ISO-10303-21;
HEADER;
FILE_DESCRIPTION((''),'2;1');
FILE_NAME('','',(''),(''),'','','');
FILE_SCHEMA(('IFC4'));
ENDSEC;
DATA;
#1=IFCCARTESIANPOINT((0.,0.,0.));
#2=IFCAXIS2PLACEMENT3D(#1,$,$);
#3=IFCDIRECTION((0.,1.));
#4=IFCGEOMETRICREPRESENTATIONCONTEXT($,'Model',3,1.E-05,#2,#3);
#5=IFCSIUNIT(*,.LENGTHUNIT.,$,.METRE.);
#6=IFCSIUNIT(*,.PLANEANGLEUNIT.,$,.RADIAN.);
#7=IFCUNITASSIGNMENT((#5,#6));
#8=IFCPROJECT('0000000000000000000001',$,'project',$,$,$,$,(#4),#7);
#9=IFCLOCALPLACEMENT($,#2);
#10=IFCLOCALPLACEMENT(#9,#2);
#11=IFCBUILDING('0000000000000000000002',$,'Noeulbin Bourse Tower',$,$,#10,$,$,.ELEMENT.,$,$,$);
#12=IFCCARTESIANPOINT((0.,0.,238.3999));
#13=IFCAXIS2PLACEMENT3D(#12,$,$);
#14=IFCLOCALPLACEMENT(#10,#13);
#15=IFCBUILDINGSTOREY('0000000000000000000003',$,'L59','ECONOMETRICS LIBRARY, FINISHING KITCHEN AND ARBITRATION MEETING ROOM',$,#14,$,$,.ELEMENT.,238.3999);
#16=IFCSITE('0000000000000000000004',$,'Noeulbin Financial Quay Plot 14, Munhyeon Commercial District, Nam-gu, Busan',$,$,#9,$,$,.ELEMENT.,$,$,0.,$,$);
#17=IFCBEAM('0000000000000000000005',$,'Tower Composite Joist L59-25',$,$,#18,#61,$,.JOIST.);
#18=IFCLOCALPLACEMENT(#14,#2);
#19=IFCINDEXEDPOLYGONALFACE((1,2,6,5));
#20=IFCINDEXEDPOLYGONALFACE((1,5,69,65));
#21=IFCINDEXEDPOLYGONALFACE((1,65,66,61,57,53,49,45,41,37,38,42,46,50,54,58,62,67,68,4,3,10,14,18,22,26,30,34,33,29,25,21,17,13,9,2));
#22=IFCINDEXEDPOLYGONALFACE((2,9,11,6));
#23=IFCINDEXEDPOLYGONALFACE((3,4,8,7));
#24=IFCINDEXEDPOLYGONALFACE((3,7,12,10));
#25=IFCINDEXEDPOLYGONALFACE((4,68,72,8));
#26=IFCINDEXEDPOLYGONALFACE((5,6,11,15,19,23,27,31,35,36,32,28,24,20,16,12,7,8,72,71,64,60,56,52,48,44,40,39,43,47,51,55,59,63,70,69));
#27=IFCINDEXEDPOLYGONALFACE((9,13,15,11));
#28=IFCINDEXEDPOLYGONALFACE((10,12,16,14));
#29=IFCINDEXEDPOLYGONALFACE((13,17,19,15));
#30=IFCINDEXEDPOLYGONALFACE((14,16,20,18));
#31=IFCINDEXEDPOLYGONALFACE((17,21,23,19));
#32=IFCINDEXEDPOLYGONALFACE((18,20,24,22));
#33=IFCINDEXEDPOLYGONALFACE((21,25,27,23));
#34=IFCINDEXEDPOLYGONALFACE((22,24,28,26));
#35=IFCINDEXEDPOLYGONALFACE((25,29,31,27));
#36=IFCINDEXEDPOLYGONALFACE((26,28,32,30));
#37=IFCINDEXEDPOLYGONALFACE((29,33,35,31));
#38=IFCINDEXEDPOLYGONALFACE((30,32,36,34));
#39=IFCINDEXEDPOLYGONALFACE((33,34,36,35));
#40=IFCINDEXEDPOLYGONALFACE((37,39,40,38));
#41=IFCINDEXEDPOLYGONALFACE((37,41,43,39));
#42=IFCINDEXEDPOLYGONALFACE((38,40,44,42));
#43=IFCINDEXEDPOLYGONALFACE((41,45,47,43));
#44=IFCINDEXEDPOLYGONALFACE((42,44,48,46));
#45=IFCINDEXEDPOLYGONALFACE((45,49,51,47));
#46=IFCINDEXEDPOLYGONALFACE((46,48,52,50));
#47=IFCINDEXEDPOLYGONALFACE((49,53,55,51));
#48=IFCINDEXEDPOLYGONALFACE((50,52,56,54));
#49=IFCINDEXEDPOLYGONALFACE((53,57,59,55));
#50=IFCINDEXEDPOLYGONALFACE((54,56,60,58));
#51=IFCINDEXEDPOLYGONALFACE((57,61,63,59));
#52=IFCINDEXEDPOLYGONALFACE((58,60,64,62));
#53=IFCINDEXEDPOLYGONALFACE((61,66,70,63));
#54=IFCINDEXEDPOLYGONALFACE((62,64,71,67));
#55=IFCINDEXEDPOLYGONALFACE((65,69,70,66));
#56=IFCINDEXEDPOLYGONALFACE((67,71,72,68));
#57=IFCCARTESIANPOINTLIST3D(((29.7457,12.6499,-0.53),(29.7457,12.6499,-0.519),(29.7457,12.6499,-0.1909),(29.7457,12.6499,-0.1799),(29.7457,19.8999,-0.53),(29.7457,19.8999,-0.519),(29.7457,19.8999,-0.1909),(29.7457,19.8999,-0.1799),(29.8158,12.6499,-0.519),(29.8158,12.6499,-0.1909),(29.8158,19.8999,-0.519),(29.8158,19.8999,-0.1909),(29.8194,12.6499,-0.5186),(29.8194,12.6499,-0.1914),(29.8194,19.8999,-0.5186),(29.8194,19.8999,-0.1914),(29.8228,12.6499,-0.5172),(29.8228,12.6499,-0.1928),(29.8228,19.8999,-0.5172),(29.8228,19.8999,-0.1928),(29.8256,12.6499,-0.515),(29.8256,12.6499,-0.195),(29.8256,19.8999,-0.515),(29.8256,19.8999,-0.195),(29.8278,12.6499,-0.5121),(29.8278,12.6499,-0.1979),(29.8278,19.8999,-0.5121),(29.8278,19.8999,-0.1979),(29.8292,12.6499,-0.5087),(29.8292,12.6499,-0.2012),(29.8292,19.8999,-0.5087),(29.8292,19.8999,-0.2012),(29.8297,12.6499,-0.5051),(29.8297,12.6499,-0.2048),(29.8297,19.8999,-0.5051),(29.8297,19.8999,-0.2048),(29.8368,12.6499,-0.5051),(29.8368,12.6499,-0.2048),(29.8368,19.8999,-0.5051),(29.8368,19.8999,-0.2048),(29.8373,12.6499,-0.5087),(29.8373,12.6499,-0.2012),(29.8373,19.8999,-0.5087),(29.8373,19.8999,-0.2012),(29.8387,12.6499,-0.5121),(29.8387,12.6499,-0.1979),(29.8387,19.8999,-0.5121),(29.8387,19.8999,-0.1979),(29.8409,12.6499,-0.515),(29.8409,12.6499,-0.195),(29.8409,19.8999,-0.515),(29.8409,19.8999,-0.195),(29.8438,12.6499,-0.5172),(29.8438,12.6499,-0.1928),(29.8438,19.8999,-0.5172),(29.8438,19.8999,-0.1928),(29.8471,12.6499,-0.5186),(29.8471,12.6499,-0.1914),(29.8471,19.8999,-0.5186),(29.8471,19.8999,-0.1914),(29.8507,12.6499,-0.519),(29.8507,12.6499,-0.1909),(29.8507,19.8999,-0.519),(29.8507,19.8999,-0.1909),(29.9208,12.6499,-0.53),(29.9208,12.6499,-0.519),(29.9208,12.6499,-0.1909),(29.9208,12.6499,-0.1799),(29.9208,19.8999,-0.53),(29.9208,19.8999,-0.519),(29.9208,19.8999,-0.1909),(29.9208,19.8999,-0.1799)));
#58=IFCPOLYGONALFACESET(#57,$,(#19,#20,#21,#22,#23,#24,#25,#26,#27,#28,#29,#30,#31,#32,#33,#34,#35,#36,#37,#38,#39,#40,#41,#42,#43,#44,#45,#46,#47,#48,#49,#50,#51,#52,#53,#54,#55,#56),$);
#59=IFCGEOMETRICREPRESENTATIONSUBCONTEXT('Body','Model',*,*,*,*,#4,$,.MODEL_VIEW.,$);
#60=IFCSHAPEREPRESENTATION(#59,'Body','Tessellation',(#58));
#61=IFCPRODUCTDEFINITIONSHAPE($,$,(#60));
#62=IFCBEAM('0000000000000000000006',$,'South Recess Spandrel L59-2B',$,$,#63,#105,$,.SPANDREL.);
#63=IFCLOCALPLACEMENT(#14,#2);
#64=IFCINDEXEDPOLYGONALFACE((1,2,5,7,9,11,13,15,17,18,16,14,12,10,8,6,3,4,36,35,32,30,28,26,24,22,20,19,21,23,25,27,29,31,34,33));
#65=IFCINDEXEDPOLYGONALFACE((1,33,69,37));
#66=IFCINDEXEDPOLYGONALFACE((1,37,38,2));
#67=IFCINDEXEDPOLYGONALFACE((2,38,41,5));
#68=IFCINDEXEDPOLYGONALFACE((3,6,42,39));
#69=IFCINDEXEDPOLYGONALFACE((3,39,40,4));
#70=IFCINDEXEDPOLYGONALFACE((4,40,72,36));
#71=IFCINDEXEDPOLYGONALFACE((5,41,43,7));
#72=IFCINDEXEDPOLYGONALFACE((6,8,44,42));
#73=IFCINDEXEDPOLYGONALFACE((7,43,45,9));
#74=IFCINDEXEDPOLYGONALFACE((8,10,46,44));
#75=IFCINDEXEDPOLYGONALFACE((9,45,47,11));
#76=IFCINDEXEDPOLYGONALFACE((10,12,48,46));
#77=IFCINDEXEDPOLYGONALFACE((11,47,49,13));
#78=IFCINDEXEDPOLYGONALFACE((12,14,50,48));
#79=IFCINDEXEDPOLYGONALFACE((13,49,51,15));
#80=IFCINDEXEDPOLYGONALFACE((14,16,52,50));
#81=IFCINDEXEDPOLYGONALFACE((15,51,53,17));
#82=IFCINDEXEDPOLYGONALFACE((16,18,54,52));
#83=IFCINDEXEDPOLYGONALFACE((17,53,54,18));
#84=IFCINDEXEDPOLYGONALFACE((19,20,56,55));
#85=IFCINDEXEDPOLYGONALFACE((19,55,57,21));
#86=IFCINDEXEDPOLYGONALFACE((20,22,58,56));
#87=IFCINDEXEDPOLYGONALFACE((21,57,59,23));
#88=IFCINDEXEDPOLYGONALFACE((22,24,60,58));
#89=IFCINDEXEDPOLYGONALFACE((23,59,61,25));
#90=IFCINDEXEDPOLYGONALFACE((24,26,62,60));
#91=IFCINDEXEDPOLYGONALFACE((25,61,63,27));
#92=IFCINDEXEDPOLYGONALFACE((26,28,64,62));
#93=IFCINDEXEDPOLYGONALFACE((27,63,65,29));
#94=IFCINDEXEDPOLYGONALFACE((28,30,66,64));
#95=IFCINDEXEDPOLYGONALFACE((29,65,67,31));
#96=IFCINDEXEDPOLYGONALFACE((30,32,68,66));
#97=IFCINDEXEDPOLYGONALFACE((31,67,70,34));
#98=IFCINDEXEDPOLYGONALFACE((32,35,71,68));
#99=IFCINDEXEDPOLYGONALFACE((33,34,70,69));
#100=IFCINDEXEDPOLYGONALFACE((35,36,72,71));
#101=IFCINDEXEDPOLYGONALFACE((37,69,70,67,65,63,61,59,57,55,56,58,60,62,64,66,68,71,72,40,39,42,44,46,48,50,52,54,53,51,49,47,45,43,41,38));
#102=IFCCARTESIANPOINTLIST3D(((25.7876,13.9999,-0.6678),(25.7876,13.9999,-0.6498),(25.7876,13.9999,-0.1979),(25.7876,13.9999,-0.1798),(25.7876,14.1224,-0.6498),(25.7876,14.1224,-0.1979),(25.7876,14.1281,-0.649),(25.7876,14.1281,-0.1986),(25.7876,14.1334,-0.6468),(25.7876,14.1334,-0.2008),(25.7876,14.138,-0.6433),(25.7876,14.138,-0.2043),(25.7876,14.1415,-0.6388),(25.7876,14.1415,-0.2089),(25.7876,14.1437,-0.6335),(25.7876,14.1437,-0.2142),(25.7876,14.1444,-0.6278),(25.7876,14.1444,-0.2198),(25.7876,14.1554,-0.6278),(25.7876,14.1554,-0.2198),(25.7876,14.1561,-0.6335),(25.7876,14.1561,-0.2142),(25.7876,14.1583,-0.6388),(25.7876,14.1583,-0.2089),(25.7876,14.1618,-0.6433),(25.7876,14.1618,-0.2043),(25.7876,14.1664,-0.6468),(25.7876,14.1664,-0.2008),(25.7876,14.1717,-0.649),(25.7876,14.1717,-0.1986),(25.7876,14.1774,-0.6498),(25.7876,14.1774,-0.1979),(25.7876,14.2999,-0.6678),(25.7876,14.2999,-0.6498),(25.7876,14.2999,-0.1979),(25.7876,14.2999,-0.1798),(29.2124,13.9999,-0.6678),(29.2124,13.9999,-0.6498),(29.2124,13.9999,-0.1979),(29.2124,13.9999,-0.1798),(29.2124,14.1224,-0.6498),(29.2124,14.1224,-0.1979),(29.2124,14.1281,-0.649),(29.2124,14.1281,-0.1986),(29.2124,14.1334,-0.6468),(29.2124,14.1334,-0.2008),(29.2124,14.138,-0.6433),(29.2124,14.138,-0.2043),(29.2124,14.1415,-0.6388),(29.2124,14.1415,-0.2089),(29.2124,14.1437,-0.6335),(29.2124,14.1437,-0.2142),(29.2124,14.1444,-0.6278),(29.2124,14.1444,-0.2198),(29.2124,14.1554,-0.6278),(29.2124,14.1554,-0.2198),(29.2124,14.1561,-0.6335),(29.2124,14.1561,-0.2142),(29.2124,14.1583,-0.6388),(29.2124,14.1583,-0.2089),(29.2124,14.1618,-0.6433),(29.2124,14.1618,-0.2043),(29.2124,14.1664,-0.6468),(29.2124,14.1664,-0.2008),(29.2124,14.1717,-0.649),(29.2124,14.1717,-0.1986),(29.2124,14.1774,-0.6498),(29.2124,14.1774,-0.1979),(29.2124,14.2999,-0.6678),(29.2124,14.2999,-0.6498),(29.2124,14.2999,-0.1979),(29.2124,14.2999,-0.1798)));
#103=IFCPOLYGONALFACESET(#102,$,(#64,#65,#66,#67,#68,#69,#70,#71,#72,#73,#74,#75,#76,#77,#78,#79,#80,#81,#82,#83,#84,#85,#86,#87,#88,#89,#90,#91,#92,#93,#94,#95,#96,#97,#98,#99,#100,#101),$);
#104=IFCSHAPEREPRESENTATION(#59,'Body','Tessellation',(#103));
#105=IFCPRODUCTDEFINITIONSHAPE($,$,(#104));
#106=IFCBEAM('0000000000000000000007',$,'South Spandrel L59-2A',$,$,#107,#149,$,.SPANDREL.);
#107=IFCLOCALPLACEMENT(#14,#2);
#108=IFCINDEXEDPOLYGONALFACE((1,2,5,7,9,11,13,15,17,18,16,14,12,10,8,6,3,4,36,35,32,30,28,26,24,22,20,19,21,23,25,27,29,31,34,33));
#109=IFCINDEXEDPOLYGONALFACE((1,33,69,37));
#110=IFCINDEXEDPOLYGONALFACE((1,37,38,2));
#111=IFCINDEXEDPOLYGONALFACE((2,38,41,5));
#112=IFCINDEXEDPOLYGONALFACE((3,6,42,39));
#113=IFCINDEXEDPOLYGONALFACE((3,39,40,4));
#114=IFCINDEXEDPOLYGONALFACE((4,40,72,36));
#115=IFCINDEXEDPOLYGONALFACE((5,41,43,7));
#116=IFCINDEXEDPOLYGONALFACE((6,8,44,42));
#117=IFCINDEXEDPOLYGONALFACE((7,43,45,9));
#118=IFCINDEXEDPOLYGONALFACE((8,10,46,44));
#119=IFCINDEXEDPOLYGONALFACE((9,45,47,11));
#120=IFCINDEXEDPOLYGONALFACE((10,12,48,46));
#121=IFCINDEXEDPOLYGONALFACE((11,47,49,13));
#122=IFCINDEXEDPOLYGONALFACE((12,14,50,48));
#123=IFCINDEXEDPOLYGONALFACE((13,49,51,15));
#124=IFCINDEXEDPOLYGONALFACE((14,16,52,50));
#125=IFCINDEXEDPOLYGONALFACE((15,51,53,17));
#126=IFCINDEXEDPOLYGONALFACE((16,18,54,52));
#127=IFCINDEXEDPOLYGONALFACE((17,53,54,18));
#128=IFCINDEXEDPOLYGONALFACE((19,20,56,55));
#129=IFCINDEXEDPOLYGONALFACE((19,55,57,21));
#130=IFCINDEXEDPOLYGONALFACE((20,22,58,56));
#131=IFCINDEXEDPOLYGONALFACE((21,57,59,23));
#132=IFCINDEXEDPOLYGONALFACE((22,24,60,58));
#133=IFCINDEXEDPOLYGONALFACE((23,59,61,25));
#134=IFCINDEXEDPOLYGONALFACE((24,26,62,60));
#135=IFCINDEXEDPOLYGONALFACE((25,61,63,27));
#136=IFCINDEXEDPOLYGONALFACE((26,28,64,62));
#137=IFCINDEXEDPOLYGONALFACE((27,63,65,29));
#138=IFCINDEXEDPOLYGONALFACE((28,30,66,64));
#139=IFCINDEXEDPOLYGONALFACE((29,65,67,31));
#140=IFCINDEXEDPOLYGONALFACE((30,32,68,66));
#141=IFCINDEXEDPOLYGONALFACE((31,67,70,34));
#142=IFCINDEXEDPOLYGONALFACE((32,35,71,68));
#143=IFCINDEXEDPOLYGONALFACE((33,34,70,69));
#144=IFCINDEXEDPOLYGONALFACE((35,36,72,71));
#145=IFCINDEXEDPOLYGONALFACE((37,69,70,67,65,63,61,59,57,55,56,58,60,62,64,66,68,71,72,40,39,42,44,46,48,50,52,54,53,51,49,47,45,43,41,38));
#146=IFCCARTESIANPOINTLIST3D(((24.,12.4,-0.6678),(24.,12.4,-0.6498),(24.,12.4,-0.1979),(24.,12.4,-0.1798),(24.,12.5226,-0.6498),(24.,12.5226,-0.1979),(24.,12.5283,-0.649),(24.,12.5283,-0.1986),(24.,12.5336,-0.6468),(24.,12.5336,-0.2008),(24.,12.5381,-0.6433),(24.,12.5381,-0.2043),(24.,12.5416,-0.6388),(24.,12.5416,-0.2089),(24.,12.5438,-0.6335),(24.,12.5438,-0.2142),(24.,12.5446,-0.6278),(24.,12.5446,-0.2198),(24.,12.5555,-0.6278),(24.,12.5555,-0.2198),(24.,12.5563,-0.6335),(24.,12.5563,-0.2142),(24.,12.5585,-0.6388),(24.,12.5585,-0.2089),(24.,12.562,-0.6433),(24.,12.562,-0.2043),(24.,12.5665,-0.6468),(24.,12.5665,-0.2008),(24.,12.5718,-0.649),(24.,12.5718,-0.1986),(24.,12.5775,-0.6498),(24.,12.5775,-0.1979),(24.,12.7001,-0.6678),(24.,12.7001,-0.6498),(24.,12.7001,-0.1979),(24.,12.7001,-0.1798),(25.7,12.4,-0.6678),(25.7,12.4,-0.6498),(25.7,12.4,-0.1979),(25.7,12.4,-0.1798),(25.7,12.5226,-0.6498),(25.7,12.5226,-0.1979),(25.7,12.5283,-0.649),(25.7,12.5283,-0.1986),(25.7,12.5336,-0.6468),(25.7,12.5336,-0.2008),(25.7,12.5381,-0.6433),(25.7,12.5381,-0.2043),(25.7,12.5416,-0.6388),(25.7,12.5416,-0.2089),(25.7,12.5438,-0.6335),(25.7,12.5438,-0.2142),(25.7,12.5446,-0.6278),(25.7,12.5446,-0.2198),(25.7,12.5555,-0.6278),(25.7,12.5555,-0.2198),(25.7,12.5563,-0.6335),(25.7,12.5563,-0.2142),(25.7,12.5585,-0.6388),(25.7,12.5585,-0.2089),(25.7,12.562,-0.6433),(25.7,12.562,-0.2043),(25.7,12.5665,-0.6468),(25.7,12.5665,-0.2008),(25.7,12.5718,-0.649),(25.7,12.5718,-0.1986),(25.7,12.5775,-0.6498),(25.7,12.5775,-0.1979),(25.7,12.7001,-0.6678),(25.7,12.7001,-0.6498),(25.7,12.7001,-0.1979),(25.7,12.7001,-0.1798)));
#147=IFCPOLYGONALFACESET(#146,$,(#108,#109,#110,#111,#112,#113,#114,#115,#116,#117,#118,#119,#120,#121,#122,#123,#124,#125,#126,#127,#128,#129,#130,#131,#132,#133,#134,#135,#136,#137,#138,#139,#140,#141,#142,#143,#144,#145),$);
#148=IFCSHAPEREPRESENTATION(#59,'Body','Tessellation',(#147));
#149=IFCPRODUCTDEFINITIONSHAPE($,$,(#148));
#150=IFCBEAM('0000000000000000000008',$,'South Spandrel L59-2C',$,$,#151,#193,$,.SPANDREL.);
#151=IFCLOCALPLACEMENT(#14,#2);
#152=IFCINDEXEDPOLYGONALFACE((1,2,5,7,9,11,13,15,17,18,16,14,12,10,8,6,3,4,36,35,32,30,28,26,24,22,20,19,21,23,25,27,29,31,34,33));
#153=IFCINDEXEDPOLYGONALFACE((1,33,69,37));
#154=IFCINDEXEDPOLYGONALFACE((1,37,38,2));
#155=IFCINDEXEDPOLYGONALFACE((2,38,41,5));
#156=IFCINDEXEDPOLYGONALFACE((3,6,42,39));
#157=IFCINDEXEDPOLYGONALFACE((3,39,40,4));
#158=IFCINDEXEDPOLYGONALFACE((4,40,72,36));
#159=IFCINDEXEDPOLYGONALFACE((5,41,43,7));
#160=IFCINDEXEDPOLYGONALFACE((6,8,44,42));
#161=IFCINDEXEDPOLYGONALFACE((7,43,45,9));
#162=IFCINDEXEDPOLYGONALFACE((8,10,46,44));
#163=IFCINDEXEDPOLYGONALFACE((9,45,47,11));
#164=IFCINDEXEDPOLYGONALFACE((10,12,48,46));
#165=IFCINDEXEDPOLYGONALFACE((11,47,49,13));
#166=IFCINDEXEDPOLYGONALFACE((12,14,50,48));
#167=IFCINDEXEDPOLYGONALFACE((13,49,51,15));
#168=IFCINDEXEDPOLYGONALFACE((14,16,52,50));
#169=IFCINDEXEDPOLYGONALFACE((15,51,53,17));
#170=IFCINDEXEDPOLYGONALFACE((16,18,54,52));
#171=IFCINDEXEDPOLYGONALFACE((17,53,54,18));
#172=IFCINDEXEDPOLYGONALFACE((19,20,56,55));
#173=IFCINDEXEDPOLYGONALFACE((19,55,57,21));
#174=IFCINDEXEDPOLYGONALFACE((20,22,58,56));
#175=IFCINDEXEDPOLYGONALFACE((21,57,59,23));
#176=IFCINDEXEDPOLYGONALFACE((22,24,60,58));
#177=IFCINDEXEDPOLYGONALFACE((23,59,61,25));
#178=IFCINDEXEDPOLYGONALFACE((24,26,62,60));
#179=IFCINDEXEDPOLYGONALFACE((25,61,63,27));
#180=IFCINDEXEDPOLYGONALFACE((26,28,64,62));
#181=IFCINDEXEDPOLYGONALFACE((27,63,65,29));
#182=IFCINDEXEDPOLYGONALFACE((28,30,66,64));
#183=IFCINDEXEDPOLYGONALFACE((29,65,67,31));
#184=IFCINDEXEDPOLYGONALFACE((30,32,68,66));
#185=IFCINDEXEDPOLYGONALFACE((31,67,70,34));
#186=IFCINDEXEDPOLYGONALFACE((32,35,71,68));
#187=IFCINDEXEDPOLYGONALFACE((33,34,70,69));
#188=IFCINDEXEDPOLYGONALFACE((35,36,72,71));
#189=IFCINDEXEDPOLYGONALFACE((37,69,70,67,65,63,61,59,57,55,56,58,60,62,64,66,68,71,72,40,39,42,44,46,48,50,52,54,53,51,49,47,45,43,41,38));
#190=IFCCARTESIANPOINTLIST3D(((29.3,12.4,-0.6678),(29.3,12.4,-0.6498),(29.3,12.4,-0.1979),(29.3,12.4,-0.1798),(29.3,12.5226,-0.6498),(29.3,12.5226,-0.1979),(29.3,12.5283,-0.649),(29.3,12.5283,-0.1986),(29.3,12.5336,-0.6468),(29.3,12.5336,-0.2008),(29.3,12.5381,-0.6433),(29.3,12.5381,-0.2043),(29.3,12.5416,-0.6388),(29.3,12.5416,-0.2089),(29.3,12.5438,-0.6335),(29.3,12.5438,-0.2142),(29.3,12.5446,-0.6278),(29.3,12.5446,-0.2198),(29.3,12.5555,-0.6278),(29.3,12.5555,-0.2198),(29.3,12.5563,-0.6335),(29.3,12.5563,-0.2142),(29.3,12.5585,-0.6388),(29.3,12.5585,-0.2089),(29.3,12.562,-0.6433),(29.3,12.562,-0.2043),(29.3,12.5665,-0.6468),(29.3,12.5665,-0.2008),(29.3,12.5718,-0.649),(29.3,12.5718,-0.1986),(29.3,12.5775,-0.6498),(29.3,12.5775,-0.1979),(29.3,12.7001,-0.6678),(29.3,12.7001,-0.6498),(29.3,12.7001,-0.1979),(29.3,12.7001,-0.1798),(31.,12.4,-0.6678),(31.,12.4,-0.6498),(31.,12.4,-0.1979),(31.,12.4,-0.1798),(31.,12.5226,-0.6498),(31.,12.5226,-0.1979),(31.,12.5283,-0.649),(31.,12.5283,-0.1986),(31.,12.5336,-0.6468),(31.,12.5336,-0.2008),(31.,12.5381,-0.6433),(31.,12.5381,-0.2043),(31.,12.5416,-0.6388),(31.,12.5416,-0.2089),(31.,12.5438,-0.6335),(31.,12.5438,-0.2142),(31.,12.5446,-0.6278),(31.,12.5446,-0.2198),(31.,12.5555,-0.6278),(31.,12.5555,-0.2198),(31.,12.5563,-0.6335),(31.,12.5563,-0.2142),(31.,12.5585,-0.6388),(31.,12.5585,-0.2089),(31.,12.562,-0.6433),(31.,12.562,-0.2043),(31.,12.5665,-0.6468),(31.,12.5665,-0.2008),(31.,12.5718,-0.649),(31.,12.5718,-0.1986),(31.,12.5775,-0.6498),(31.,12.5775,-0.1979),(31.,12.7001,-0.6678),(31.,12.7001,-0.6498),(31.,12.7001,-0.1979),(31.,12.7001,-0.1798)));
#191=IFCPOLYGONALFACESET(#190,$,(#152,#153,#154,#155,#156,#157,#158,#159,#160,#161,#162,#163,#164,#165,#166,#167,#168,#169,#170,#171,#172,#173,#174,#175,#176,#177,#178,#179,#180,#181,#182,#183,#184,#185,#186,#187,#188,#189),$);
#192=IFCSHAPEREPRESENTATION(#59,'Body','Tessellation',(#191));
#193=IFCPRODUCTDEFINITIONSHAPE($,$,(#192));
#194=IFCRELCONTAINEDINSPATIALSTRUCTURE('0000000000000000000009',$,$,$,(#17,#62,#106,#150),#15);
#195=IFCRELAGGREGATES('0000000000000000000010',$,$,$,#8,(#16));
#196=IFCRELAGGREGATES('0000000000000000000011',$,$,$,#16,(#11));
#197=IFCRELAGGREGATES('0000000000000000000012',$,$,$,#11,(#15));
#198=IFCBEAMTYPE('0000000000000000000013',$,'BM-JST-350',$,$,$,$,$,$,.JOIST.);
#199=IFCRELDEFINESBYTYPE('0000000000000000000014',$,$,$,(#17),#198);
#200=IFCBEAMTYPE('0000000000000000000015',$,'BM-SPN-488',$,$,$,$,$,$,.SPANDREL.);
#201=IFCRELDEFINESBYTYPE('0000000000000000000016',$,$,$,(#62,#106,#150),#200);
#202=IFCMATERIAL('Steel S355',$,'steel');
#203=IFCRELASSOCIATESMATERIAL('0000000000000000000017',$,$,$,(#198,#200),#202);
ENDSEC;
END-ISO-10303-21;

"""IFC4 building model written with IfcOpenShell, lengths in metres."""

from ifc_helpers import new_model, si_unit, direction, frame, origin, origin_2d, place, context, subcontext, project, spatial, i_section, extrude, material, material_profile, profile_set, type_object, element, save


model = new_model("IFC4")

# Units and contexts
model_context = context("Model", 3, precision=1e-05, world=origin(), true_north=direction((0.0, 1.0)))
body_context = subcontext(model_context, "Body", "Model", "MODEL_VIEW")
ifc_project = project(units=[si_unit("LENGTHUNIT", "METRE"), si_unit("PLANEANGLEUNIT", "RADIAN")], contexts=[model_context])

# Site, building, storey
site_placement = place(None, origin())
site = spatial("IfcSite", under=ifc_project, at=site_placement, Name="Noeulbin Financial Quay Plot 14, Munhyeon Commercial District, Nam-gu, Busan", CompositionType="ELEMENT", RefElevation=0.0)
building_placement = place(site_placement, origin())
building = spatial("IfcBuilding", under=site, at=building_placement, Name="Noeulbin Bourse Tower", CompositionType="ELEMENT")
storey_placement = place(building_placement, frame((0.0, 0.0, 238.3999)))
storey = spatial("IfcBuildingStorey", under=building, at=storey_placement, Name="L59", Description="ECONOMETRICS LIBRARY, FINISHING KITCHEN AND ARBITRATION MEETING ROOM", CompositionType="ELEMENT", Elevation=238.3999)

# Shared definitions
ifc_material_1 = material(Name="Steel S355", Category="steel")

# Beams
ifc_material_profile_1 = material_profile(ifc_material_1, i_section(OverallWidth=0.175, OverallDepth=0.3501, WebThickness=0.0071, FlangeThickness=0.011, FilletRadius=0.0139, at=origin_2d()), Name="H-350x175x7x11", Category="LoadBearing")
ifc_profile_set_1 = profile_set([ifc_material_profile_1], Name="Steel S355")
beam_type_1 = type_object("IfcBeamType", Name="BM-JST-350", PredefinedType="JOIST", material=ifc_profile_set_1)
beam_1_placement = place(storey_placement, frame((29.8333, 12.6499, -0.355), z_axis=(0.0, 1.0, 0.0), x_axis=(-1.0, 0.0, 0.0)))
element("IfcBeam", 1, at=beam_1_placement, inside=storey, type_object=beam_type_1, Name="Tower Composite Joist L59-25", PredefinedType="JOIST", context=body_context, shape_type="SweptSolid", body=[
    extrude(i_section(OverallWidth=0.175, OverallDepth=0.3501, WebThickness=0.0071, FlangeThickness=0.011, FilletRadius=0.0139, at=origin_2d()), origin(), (0.0, 0.0, 1.0), 7.25),
])
ifc_material_profile_2 = material_profile(ifc_material_1, i_section(OverallWidth=0.3, OverallDepth=0.488, WebThickness=0.011, FlangeThickness=0.0181, FilletRadius=0.022, at=origin_2d()), Name="H-488x300x11x18", Category="LoadBearing")
ifc_profile_set_2 = profile_set([ifc_material_profile_2], Name="Steel S355")
beam_type_2 = type_object("IfcBeamType", Name="BM-SPN-488", PredefinedType="SPANDREL", material=ifc_profile_set_2)
beam_2_placement = place(storey_placement, frame((25.7876, 14.1499, -0.4238), z_axis=(1.0, 0.0, 0.0), x_axis=(0.0, 1.0, 0.0)))
element("IfcBeam", 2, at=beam_2_placement, inside=storey, type_object=beam_type_2, Name="South Recess Spandrel L59-2B", PredefinedType="SPANDREL", context=body_context, shape_type="SweptSolid", body=[
    extrude(i_section(OverallWidth=0.3, OverallDepth=0.488, WebThickness=0.011, FlangeThickness=0.0181, FilletRadius=0.022, at=origin_2d()), origin(), (0.0, 0.0, 1.0), 3.4248),
])
for number, where, z_axis, x_axis, name in (
    (3, (24.0, 12.55, -0.4238), (1.0, 0.0, 0.0), (0.0, 1.0, 0.0), "South Spandrel L59-2A"),
    (4, (29.3, 12.55, -0.4238), (1.0, 0.0, 0.0), (0.0, 1.0, 0.0), "South Spandrel L59-2C"),
):
    element("IfcBeam", number, at=place(storey_placement, frame(where, z_axis=z_axis, x_axis=x_axis)), inside=storey, type_object=beam_type_2, Name=name, PredefinedType="SPANDREL", context=body_context, shape_type="SweptSolid", body=[
        extrude(i_section(OverallWidth=0.3, OverallDepth=0.488, WebThickness=0.011, FlangeThickness=0.0181, FilletRadius=0.022, at=origin_2d()), origin(), (0.0, 0.0, 1.0), 1.7),
    ])

save(model, "model.ifc")
